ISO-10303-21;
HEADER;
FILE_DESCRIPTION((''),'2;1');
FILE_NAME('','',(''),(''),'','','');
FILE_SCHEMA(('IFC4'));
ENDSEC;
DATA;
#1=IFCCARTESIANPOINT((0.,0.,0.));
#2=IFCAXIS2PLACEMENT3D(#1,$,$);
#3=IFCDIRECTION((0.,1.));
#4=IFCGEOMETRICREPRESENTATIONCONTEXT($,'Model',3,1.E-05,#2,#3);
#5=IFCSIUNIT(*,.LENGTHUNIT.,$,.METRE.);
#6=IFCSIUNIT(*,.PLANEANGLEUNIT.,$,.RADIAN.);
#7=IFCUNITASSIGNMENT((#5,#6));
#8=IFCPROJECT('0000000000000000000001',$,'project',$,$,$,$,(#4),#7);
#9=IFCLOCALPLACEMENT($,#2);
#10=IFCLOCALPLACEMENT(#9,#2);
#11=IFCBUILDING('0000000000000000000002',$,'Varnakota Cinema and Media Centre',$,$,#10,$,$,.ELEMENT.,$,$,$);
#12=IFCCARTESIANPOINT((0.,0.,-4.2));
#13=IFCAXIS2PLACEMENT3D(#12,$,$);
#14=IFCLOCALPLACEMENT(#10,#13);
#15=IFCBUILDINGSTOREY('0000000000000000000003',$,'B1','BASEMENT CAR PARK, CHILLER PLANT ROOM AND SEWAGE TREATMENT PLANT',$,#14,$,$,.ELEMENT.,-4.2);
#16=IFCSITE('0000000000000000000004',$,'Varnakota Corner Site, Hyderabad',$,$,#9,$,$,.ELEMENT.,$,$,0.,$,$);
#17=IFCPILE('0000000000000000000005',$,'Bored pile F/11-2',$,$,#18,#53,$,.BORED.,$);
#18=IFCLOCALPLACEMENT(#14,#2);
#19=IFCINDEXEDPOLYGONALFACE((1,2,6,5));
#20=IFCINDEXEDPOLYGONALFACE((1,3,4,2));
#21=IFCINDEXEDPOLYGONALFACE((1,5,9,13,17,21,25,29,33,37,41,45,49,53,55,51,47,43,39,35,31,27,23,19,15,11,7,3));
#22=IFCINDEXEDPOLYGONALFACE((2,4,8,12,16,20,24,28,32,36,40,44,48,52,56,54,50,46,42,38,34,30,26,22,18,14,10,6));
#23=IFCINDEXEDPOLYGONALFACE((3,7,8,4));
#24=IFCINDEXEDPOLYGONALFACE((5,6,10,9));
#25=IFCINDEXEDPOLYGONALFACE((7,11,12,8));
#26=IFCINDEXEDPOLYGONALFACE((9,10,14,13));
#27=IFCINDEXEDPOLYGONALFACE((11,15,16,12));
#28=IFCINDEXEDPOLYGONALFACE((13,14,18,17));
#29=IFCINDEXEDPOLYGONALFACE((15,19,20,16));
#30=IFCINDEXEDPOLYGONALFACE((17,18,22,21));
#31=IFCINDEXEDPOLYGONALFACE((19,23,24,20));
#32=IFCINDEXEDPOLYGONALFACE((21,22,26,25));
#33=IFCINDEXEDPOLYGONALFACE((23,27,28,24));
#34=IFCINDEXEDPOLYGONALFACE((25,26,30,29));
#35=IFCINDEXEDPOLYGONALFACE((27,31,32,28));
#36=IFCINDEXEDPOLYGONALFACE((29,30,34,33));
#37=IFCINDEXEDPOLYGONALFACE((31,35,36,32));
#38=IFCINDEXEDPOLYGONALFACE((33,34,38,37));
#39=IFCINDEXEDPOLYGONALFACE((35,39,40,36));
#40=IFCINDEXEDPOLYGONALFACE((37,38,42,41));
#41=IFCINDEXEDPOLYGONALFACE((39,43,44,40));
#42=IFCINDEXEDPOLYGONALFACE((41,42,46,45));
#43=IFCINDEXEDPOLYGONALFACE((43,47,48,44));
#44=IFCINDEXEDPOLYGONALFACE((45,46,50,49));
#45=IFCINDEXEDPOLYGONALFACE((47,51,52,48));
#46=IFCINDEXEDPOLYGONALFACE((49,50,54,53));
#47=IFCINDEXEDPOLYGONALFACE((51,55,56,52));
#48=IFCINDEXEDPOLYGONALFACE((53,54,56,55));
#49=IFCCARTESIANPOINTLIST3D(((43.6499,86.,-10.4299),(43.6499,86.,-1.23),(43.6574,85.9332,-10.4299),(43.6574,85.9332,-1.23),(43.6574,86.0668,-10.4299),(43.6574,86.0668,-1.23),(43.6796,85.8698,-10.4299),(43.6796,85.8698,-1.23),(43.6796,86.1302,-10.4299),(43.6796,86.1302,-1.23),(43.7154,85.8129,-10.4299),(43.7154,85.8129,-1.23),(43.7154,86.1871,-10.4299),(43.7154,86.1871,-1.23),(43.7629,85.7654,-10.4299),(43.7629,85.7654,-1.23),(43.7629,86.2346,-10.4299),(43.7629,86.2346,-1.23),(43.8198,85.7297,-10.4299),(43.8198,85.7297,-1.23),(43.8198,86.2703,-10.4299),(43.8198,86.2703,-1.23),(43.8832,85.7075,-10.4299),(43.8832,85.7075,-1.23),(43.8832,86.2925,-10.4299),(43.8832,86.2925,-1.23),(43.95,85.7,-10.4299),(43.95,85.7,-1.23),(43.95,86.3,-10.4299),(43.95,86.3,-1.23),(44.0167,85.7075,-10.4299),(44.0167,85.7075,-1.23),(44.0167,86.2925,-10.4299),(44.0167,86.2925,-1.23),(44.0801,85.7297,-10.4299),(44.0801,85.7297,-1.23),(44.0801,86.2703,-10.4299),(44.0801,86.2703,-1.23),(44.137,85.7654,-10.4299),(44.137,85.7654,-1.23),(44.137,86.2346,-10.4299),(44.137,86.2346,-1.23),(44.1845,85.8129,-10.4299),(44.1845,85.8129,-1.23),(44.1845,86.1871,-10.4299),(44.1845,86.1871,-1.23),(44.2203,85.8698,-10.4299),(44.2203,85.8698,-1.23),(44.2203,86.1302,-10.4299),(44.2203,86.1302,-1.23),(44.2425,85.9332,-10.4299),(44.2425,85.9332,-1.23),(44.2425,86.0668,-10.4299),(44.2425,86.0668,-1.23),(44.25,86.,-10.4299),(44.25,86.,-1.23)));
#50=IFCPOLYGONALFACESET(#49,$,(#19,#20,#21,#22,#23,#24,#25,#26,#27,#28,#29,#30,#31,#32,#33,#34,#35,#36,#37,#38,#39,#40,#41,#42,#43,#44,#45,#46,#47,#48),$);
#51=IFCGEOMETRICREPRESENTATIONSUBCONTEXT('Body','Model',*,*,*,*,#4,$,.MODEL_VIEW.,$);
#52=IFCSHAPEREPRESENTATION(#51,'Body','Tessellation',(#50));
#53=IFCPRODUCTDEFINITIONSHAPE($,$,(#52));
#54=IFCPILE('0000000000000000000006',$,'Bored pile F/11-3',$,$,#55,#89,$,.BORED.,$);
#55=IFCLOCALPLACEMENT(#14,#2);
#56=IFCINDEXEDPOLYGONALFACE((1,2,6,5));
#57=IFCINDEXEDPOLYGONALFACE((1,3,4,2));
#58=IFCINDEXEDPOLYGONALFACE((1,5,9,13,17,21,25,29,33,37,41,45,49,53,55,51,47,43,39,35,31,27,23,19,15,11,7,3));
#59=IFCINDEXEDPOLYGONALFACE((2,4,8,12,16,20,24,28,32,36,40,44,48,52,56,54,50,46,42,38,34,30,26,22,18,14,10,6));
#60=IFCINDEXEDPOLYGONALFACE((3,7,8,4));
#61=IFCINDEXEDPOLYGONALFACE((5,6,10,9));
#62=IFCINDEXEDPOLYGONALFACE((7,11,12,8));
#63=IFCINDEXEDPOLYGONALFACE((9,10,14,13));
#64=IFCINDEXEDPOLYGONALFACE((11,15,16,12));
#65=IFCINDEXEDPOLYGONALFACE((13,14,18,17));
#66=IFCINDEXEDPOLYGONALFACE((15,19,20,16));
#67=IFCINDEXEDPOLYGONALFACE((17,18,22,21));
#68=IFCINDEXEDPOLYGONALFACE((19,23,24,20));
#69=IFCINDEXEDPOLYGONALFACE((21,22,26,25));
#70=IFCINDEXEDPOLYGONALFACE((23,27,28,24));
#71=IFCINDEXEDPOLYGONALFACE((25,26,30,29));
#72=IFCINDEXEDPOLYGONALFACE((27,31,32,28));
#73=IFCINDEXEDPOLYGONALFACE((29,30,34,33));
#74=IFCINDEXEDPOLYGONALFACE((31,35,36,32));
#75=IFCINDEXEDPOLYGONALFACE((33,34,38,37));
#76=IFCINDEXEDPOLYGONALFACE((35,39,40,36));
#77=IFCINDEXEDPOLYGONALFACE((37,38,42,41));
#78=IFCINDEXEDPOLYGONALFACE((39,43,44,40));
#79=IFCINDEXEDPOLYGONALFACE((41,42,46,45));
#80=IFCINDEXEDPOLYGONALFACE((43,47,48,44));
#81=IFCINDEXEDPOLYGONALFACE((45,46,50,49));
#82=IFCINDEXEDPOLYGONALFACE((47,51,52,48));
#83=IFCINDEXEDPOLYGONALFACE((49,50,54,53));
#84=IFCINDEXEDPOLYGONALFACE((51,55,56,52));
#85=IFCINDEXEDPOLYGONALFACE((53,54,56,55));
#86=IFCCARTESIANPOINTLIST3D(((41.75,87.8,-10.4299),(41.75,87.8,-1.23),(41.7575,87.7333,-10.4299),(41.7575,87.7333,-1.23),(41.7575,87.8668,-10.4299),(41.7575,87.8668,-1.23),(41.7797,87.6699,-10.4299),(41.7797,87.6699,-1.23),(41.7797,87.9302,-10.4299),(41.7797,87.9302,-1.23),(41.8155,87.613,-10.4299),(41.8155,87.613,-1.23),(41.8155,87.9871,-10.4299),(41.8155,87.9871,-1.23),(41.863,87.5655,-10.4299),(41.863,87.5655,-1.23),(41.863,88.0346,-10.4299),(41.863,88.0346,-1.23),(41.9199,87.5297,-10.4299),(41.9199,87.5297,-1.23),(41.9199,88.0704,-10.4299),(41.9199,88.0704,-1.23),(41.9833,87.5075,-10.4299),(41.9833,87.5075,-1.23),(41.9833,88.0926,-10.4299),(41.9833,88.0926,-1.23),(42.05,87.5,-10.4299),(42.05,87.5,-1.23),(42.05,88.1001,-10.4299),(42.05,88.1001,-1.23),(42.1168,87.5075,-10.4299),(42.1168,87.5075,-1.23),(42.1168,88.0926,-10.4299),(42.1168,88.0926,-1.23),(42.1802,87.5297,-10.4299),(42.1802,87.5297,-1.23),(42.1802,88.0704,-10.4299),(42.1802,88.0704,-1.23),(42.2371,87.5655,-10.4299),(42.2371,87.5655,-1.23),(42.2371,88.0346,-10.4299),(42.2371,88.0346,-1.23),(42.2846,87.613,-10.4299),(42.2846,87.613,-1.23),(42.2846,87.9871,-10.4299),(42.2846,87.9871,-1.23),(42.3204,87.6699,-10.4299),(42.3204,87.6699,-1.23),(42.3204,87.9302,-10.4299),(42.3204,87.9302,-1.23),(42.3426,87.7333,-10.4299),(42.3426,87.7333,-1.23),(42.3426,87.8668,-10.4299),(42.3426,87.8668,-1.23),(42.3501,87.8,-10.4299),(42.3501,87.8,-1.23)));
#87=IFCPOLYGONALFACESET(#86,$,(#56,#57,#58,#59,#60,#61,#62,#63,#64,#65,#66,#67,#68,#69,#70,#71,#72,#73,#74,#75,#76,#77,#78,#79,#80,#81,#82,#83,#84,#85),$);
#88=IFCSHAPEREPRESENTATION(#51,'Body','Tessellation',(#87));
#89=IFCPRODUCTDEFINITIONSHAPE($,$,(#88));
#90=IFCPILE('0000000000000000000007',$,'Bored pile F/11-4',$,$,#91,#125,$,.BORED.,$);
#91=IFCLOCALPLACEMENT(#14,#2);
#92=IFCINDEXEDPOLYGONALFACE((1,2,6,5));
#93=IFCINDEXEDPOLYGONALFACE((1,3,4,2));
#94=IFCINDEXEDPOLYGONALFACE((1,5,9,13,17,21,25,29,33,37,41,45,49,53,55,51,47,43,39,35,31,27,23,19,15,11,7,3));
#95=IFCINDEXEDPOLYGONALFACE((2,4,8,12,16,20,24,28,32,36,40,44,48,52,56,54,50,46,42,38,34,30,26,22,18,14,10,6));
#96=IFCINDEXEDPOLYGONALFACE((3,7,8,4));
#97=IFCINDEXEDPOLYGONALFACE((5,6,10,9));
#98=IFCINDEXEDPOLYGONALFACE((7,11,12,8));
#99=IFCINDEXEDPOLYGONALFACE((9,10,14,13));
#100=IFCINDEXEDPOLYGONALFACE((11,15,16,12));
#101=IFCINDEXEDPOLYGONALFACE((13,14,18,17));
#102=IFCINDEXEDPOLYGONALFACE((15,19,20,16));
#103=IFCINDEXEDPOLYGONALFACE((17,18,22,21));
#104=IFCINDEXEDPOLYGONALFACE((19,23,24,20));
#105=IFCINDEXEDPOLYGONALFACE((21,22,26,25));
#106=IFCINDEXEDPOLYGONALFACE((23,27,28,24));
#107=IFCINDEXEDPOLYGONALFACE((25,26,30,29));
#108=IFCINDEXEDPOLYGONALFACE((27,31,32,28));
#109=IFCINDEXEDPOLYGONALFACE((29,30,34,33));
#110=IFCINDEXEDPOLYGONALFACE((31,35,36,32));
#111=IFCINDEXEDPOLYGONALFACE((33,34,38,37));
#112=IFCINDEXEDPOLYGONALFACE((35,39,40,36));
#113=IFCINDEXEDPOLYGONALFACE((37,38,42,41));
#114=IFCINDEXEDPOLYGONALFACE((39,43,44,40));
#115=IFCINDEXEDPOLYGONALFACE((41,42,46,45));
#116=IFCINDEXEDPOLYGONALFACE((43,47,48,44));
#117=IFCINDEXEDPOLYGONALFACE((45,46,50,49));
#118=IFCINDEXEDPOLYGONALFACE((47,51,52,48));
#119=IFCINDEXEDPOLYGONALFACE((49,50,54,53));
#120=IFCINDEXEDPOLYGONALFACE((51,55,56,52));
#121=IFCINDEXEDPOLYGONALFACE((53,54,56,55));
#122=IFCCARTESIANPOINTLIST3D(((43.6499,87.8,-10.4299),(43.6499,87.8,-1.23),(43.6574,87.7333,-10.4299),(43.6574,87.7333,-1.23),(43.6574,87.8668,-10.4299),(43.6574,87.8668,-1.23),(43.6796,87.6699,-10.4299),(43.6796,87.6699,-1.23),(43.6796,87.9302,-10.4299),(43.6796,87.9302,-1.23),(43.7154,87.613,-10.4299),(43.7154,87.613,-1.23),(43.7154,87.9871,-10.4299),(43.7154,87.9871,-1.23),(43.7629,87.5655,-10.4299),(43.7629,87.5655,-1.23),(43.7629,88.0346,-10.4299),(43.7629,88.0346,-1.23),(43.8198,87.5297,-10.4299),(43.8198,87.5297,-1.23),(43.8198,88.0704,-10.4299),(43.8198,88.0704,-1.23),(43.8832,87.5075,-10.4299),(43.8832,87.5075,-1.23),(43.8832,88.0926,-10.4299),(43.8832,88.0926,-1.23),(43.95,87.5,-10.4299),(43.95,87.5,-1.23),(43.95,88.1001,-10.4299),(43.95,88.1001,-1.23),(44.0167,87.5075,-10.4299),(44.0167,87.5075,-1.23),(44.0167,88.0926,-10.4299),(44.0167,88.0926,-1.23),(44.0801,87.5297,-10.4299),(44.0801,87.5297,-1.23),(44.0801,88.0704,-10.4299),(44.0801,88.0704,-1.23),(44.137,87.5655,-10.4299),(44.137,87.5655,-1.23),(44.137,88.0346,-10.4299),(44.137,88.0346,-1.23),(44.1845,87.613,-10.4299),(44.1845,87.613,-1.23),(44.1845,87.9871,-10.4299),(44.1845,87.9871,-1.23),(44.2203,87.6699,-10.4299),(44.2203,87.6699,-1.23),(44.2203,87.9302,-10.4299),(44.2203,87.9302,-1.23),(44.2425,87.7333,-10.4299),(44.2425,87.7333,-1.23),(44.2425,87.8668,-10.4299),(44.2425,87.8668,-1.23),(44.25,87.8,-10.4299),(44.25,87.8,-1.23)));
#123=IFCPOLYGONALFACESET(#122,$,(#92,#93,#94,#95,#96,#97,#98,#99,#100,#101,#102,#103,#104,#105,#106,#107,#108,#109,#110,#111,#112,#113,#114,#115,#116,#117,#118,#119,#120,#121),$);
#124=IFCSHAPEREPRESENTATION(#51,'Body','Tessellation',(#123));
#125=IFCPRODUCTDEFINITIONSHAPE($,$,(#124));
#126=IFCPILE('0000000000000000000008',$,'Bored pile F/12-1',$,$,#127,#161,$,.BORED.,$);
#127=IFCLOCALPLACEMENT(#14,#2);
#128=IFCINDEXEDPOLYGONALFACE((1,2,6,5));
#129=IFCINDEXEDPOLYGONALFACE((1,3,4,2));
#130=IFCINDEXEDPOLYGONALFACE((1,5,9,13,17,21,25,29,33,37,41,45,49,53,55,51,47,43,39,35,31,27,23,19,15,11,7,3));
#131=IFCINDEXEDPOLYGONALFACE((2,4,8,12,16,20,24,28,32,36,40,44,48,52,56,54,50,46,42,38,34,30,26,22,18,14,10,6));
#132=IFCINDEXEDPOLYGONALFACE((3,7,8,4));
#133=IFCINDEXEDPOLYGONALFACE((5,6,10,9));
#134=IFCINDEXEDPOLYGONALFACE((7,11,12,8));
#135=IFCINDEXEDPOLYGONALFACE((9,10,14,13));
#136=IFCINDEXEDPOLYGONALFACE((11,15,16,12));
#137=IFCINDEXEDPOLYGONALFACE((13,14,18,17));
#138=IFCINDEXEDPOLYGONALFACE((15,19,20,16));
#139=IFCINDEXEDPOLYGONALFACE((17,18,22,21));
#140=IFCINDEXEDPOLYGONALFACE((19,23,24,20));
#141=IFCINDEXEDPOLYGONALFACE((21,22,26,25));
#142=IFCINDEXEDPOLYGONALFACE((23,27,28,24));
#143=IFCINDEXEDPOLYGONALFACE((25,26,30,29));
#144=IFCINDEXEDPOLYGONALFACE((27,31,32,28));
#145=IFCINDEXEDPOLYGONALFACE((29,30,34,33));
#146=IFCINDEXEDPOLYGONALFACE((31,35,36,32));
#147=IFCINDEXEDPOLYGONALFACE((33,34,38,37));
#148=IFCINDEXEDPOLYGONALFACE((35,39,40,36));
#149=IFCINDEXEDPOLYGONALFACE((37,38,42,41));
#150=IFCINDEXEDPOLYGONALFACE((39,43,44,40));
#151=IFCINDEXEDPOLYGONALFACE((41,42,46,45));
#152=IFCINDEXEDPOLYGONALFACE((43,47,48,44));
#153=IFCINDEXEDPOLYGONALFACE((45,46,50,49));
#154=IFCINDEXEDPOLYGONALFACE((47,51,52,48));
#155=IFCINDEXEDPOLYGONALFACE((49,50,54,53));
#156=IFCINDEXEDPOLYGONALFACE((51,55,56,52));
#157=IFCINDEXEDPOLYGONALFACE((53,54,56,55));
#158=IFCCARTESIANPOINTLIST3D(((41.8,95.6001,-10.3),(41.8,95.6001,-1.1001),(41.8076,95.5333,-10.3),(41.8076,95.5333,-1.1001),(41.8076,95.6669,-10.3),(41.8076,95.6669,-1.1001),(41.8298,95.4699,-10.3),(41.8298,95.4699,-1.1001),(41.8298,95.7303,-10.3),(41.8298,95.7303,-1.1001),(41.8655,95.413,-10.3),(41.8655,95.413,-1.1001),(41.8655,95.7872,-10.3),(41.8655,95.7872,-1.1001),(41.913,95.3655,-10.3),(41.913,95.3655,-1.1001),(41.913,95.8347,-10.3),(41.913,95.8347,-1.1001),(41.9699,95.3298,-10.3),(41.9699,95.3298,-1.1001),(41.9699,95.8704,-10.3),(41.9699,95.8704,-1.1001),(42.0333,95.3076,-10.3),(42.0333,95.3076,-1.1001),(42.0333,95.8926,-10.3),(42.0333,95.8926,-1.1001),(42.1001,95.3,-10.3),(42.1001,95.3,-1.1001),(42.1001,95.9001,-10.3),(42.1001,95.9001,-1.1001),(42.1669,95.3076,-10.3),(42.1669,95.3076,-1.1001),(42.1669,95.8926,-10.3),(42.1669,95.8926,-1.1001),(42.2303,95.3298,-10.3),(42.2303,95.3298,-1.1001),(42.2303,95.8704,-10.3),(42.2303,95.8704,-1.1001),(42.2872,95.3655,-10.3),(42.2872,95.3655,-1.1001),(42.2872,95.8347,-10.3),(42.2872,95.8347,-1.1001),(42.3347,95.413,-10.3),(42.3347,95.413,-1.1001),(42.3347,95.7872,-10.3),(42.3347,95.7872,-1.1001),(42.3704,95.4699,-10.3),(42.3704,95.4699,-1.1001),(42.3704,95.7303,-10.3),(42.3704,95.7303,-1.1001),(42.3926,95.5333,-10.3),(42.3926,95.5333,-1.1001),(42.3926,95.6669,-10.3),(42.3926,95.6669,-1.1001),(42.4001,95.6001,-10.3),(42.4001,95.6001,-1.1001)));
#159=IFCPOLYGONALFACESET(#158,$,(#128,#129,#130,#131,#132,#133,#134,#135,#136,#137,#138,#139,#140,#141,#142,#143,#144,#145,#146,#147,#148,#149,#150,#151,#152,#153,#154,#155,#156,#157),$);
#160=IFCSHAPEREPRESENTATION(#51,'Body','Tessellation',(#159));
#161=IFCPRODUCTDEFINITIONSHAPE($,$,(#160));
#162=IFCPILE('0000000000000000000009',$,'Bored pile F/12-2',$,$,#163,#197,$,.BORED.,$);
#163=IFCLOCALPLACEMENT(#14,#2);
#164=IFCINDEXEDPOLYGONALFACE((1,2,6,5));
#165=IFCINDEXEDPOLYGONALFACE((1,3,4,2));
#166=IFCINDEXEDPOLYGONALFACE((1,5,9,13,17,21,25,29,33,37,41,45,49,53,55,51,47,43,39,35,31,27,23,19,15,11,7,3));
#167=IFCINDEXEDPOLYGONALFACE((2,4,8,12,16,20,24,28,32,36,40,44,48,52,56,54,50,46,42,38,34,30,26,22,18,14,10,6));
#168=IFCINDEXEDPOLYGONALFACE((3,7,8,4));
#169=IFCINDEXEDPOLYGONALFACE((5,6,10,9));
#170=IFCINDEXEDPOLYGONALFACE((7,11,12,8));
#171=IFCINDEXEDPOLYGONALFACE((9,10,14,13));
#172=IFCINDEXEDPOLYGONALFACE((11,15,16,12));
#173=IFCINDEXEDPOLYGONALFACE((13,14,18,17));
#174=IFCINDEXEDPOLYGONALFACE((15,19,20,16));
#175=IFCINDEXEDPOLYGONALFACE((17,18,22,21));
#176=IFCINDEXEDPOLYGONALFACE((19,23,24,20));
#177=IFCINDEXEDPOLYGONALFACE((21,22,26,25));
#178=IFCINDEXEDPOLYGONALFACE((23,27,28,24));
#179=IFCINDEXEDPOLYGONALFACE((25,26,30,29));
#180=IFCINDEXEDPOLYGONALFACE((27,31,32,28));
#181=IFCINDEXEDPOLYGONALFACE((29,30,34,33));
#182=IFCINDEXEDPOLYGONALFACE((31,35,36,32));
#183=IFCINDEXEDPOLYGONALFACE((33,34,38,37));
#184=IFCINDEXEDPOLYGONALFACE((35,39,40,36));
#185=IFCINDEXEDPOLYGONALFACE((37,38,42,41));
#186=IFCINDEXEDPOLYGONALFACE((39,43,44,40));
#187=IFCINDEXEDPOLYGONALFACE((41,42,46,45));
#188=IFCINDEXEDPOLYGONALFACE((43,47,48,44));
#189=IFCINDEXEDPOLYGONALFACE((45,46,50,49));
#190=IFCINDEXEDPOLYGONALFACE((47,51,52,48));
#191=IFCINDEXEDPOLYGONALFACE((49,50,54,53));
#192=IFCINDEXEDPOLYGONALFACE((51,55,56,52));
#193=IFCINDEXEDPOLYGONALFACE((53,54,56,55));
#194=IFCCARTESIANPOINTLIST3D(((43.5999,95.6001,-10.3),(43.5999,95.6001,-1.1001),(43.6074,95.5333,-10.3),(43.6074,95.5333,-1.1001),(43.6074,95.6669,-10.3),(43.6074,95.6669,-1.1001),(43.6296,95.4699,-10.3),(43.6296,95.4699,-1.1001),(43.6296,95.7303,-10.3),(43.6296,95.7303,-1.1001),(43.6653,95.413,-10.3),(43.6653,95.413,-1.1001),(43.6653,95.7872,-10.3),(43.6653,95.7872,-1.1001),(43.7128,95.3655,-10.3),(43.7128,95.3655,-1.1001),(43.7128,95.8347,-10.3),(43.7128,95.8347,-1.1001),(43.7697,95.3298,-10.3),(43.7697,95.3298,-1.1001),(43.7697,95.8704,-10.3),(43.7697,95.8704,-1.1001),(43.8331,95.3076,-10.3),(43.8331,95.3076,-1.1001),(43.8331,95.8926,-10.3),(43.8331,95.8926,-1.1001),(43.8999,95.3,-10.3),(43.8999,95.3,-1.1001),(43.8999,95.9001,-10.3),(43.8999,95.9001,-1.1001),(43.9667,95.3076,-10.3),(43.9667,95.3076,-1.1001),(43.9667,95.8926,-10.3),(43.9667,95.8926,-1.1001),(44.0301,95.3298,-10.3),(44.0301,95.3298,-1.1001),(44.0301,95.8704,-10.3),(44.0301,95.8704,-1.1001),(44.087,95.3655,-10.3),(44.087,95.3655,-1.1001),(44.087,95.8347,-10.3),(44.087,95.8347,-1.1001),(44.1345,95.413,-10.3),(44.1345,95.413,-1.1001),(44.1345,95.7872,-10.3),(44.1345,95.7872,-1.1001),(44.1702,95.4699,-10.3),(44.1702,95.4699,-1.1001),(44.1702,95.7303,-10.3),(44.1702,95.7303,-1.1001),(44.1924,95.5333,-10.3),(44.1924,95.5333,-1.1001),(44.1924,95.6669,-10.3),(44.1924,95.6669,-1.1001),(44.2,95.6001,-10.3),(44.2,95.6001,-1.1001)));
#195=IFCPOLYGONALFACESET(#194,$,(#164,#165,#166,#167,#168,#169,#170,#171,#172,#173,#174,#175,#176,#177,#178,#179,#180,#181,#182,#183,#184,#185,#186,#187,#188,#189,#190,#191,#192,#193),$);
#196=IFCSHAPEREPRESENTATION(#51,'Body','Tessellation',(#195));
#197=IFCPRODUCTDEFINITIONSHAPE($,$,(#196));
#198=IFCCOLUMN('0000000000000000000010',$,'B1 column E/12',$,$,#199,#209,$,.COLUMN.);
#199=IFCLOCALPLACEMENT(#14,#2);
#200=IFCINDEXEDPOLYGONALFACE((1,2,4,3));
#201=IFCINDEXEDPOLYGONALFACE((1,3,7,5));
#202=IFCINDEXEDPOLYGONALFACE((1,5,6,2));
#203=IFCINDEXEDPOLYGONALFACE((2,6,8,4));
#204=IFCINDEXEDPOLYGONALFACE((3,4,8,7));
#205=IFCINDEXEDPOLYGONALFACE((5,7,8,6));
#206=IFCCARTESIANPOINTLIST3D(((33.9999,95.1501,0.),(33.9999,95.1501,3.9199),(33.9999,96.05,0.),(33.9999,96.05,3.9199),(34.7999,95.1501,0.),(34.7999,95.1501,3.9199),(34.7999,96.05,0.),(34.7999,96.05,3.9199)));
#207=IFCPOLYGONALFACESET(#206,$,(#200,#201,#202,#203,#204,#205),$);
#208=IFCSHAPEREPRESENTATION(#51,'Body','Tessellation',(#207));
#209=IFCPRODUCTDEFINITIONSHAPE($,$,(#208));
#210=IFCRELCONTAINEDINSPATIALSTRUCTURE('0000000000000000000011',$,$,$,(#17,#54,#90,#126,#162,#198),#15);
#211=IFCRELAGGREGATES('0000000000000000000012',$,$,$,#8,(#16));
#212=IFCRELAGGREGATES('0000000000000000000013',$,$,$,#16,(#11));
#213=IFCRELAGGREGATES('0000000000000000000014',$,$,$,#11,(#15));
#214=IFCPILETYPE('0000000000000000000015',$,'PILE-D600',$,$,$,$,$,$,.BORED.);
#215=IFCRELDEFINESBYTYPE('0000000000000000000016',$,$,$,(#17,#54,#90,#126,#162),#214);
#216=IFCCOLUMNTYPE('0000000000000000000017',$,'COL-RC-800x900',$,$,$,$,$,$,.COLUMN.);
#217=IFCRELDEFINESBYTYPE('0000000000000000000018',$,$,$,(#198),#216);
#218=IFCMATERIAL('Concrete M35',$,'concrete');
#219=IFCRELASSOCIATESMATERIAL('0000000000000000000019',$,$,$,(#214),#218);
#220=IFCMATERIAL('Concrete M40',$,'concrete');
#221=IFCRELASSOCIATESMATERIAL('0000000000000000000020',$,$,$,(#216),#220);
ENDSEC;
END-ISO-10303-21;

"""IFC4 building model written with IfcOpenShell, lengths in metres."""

from ifc_helpers import new_model, si_unit, direction, frame, origin, origin_2d, place, context, subcontext, project, spatial, rectangle, circle, extrude, material, material_profile, profile_set, type_object, element, save


model = new_model("IFC4")

# Units and contexts
model_context = context("Model", 3, precision=1e-05, world=origin(), true_north=direction((0.0, 1.0)))
body_context = subcontext(model_context, "Body", "Model", "MODEL_VIEW")
ifc_project = project(units=[si_unit("LENGTHUNIT", "METRE"), si_unit("PLANEANGLEUNIT", "RADIAN")], contexts=[model_context])

# Site, building, storey
site_placement = place(None, origin())
site = spatial("IfcSite", under=ifc_project, at=site_placement, Name="Varnakota Corner Site, Hyderabad", CompositionType="ELEMENT", RefElevation=0.0)
building_placement = place(site_placement, origin())
building = spatial("IfcBuilding", under=site, at=building_placement, Name="Varnakota Cinema and Media Centre", CompositionType="ELEMENT")
storey_placement = place(building_placement, frame((0.0, 0.0, -4.2)))
storey = spatial("IfcBuildingStorey", under=building, at=storey_placement, Name="B1", Description="BASEMENT CAR PARK, CHILLER PLANT ROOM AND SEWAGE TREATMENT PLANT", CompositionType="ELEMENT", Elevation=-4.2)

# Piles
ifc_material_1 = material(Name="Concrete M35", Category="concrete")
ifc_material_profile_1 = material_profile(ifc_material_1, circle(Radius=0.3, at=origin_2d()), Name="PILE D600")
ifc_profile_set_1 = profile_set([ifc_material_profile_1], Name="Concrete M35")
pile_type = type_object("IfcPileType", Name="PILE-D600", PredefinedType="BORED", material=ifc_profile_set_1)
for number, where, z_axis, x_axis, name in (
    (1, (43.95, 86.0, -1.23), (0.0, 0.0, -1.0), (1.0, 0.0, 0.0), "Bored pile F/11-2"),
    (2, (42.05, 87.8, -1.23), (0.0, 0.0, -1.0), (1.0, 0.0, 0.0), "Bored pile F/11-3"),
    (3, (43.95, 87.8, -1.23), (0.0, 0.0, -1.0), (1.0, 0.0, 0.0), "Bored pile F/11-4"),
    (4, (42.1001, 95.6001, -1.1001), (0.0, 0.0, -1.0), (1.0, 0.0, 0.0), "Bored pile F/12-1"),
    (5, (43.8999, 95.6001, -1.1001), (0.0, 0.0, -1.0), (1.0, 0.0, 0.0), "Bored pile F/12-2"),
):
    element("IfcPile", number, at=place(storey_placement, frame(where, z_axis=z_axis, x_axis=x_axis)), inside=storey, type_object=pile_type, Name=name, PredefinedType="BORED", context=body_context, shape_type="SweptSolid", body=[
        extrude(circle(Radius=0.3, at=origin_2d()), origin(), (0.0, 0.0, 1.0), 9.2),
    ])

# Column
ifc_material_2 = material(Name="Concrete M40", Category="concrete")
ifc_material_profile_2 = material_profile(ifc_material_2, rectangle(XDim=0.8, YDim=0.8999, at=origin_2d()), Name="RC 800x900")
ifc_profile_set_2 = profile_set([ifc_material_profile_2], Name="Concrete M40")
column_type_1 = type_object("IfcColumnType", Name="COL-RC-800x900", PredefinedType="COLUMN", material=ifc_profile_set_2)
for number, where, z_axis, x_axis, name in (
    (6, (34.3999, 95.6001, 0.0), (0.0, 0.0, 1.0), (1.0, 0.0, 0.0), "B1 column E/12"),
):
    element("IfcColumn", number, at=place(storey_placement, frame(where, z_axis=z_axis, x_axis=x_axis)), inside=storey, type_object=column_type_1, Name=name, PredefinedType="COLUMN", context=body_context, shape_type="SweptSolid", body=[
        extrude(rectangle(XDim=0.8, YDim=0.8999, at=origin_2d()), origin(), (0.0, 0.0, 1.0), 3.9199),
    ])

save(model, "model.ifc")
